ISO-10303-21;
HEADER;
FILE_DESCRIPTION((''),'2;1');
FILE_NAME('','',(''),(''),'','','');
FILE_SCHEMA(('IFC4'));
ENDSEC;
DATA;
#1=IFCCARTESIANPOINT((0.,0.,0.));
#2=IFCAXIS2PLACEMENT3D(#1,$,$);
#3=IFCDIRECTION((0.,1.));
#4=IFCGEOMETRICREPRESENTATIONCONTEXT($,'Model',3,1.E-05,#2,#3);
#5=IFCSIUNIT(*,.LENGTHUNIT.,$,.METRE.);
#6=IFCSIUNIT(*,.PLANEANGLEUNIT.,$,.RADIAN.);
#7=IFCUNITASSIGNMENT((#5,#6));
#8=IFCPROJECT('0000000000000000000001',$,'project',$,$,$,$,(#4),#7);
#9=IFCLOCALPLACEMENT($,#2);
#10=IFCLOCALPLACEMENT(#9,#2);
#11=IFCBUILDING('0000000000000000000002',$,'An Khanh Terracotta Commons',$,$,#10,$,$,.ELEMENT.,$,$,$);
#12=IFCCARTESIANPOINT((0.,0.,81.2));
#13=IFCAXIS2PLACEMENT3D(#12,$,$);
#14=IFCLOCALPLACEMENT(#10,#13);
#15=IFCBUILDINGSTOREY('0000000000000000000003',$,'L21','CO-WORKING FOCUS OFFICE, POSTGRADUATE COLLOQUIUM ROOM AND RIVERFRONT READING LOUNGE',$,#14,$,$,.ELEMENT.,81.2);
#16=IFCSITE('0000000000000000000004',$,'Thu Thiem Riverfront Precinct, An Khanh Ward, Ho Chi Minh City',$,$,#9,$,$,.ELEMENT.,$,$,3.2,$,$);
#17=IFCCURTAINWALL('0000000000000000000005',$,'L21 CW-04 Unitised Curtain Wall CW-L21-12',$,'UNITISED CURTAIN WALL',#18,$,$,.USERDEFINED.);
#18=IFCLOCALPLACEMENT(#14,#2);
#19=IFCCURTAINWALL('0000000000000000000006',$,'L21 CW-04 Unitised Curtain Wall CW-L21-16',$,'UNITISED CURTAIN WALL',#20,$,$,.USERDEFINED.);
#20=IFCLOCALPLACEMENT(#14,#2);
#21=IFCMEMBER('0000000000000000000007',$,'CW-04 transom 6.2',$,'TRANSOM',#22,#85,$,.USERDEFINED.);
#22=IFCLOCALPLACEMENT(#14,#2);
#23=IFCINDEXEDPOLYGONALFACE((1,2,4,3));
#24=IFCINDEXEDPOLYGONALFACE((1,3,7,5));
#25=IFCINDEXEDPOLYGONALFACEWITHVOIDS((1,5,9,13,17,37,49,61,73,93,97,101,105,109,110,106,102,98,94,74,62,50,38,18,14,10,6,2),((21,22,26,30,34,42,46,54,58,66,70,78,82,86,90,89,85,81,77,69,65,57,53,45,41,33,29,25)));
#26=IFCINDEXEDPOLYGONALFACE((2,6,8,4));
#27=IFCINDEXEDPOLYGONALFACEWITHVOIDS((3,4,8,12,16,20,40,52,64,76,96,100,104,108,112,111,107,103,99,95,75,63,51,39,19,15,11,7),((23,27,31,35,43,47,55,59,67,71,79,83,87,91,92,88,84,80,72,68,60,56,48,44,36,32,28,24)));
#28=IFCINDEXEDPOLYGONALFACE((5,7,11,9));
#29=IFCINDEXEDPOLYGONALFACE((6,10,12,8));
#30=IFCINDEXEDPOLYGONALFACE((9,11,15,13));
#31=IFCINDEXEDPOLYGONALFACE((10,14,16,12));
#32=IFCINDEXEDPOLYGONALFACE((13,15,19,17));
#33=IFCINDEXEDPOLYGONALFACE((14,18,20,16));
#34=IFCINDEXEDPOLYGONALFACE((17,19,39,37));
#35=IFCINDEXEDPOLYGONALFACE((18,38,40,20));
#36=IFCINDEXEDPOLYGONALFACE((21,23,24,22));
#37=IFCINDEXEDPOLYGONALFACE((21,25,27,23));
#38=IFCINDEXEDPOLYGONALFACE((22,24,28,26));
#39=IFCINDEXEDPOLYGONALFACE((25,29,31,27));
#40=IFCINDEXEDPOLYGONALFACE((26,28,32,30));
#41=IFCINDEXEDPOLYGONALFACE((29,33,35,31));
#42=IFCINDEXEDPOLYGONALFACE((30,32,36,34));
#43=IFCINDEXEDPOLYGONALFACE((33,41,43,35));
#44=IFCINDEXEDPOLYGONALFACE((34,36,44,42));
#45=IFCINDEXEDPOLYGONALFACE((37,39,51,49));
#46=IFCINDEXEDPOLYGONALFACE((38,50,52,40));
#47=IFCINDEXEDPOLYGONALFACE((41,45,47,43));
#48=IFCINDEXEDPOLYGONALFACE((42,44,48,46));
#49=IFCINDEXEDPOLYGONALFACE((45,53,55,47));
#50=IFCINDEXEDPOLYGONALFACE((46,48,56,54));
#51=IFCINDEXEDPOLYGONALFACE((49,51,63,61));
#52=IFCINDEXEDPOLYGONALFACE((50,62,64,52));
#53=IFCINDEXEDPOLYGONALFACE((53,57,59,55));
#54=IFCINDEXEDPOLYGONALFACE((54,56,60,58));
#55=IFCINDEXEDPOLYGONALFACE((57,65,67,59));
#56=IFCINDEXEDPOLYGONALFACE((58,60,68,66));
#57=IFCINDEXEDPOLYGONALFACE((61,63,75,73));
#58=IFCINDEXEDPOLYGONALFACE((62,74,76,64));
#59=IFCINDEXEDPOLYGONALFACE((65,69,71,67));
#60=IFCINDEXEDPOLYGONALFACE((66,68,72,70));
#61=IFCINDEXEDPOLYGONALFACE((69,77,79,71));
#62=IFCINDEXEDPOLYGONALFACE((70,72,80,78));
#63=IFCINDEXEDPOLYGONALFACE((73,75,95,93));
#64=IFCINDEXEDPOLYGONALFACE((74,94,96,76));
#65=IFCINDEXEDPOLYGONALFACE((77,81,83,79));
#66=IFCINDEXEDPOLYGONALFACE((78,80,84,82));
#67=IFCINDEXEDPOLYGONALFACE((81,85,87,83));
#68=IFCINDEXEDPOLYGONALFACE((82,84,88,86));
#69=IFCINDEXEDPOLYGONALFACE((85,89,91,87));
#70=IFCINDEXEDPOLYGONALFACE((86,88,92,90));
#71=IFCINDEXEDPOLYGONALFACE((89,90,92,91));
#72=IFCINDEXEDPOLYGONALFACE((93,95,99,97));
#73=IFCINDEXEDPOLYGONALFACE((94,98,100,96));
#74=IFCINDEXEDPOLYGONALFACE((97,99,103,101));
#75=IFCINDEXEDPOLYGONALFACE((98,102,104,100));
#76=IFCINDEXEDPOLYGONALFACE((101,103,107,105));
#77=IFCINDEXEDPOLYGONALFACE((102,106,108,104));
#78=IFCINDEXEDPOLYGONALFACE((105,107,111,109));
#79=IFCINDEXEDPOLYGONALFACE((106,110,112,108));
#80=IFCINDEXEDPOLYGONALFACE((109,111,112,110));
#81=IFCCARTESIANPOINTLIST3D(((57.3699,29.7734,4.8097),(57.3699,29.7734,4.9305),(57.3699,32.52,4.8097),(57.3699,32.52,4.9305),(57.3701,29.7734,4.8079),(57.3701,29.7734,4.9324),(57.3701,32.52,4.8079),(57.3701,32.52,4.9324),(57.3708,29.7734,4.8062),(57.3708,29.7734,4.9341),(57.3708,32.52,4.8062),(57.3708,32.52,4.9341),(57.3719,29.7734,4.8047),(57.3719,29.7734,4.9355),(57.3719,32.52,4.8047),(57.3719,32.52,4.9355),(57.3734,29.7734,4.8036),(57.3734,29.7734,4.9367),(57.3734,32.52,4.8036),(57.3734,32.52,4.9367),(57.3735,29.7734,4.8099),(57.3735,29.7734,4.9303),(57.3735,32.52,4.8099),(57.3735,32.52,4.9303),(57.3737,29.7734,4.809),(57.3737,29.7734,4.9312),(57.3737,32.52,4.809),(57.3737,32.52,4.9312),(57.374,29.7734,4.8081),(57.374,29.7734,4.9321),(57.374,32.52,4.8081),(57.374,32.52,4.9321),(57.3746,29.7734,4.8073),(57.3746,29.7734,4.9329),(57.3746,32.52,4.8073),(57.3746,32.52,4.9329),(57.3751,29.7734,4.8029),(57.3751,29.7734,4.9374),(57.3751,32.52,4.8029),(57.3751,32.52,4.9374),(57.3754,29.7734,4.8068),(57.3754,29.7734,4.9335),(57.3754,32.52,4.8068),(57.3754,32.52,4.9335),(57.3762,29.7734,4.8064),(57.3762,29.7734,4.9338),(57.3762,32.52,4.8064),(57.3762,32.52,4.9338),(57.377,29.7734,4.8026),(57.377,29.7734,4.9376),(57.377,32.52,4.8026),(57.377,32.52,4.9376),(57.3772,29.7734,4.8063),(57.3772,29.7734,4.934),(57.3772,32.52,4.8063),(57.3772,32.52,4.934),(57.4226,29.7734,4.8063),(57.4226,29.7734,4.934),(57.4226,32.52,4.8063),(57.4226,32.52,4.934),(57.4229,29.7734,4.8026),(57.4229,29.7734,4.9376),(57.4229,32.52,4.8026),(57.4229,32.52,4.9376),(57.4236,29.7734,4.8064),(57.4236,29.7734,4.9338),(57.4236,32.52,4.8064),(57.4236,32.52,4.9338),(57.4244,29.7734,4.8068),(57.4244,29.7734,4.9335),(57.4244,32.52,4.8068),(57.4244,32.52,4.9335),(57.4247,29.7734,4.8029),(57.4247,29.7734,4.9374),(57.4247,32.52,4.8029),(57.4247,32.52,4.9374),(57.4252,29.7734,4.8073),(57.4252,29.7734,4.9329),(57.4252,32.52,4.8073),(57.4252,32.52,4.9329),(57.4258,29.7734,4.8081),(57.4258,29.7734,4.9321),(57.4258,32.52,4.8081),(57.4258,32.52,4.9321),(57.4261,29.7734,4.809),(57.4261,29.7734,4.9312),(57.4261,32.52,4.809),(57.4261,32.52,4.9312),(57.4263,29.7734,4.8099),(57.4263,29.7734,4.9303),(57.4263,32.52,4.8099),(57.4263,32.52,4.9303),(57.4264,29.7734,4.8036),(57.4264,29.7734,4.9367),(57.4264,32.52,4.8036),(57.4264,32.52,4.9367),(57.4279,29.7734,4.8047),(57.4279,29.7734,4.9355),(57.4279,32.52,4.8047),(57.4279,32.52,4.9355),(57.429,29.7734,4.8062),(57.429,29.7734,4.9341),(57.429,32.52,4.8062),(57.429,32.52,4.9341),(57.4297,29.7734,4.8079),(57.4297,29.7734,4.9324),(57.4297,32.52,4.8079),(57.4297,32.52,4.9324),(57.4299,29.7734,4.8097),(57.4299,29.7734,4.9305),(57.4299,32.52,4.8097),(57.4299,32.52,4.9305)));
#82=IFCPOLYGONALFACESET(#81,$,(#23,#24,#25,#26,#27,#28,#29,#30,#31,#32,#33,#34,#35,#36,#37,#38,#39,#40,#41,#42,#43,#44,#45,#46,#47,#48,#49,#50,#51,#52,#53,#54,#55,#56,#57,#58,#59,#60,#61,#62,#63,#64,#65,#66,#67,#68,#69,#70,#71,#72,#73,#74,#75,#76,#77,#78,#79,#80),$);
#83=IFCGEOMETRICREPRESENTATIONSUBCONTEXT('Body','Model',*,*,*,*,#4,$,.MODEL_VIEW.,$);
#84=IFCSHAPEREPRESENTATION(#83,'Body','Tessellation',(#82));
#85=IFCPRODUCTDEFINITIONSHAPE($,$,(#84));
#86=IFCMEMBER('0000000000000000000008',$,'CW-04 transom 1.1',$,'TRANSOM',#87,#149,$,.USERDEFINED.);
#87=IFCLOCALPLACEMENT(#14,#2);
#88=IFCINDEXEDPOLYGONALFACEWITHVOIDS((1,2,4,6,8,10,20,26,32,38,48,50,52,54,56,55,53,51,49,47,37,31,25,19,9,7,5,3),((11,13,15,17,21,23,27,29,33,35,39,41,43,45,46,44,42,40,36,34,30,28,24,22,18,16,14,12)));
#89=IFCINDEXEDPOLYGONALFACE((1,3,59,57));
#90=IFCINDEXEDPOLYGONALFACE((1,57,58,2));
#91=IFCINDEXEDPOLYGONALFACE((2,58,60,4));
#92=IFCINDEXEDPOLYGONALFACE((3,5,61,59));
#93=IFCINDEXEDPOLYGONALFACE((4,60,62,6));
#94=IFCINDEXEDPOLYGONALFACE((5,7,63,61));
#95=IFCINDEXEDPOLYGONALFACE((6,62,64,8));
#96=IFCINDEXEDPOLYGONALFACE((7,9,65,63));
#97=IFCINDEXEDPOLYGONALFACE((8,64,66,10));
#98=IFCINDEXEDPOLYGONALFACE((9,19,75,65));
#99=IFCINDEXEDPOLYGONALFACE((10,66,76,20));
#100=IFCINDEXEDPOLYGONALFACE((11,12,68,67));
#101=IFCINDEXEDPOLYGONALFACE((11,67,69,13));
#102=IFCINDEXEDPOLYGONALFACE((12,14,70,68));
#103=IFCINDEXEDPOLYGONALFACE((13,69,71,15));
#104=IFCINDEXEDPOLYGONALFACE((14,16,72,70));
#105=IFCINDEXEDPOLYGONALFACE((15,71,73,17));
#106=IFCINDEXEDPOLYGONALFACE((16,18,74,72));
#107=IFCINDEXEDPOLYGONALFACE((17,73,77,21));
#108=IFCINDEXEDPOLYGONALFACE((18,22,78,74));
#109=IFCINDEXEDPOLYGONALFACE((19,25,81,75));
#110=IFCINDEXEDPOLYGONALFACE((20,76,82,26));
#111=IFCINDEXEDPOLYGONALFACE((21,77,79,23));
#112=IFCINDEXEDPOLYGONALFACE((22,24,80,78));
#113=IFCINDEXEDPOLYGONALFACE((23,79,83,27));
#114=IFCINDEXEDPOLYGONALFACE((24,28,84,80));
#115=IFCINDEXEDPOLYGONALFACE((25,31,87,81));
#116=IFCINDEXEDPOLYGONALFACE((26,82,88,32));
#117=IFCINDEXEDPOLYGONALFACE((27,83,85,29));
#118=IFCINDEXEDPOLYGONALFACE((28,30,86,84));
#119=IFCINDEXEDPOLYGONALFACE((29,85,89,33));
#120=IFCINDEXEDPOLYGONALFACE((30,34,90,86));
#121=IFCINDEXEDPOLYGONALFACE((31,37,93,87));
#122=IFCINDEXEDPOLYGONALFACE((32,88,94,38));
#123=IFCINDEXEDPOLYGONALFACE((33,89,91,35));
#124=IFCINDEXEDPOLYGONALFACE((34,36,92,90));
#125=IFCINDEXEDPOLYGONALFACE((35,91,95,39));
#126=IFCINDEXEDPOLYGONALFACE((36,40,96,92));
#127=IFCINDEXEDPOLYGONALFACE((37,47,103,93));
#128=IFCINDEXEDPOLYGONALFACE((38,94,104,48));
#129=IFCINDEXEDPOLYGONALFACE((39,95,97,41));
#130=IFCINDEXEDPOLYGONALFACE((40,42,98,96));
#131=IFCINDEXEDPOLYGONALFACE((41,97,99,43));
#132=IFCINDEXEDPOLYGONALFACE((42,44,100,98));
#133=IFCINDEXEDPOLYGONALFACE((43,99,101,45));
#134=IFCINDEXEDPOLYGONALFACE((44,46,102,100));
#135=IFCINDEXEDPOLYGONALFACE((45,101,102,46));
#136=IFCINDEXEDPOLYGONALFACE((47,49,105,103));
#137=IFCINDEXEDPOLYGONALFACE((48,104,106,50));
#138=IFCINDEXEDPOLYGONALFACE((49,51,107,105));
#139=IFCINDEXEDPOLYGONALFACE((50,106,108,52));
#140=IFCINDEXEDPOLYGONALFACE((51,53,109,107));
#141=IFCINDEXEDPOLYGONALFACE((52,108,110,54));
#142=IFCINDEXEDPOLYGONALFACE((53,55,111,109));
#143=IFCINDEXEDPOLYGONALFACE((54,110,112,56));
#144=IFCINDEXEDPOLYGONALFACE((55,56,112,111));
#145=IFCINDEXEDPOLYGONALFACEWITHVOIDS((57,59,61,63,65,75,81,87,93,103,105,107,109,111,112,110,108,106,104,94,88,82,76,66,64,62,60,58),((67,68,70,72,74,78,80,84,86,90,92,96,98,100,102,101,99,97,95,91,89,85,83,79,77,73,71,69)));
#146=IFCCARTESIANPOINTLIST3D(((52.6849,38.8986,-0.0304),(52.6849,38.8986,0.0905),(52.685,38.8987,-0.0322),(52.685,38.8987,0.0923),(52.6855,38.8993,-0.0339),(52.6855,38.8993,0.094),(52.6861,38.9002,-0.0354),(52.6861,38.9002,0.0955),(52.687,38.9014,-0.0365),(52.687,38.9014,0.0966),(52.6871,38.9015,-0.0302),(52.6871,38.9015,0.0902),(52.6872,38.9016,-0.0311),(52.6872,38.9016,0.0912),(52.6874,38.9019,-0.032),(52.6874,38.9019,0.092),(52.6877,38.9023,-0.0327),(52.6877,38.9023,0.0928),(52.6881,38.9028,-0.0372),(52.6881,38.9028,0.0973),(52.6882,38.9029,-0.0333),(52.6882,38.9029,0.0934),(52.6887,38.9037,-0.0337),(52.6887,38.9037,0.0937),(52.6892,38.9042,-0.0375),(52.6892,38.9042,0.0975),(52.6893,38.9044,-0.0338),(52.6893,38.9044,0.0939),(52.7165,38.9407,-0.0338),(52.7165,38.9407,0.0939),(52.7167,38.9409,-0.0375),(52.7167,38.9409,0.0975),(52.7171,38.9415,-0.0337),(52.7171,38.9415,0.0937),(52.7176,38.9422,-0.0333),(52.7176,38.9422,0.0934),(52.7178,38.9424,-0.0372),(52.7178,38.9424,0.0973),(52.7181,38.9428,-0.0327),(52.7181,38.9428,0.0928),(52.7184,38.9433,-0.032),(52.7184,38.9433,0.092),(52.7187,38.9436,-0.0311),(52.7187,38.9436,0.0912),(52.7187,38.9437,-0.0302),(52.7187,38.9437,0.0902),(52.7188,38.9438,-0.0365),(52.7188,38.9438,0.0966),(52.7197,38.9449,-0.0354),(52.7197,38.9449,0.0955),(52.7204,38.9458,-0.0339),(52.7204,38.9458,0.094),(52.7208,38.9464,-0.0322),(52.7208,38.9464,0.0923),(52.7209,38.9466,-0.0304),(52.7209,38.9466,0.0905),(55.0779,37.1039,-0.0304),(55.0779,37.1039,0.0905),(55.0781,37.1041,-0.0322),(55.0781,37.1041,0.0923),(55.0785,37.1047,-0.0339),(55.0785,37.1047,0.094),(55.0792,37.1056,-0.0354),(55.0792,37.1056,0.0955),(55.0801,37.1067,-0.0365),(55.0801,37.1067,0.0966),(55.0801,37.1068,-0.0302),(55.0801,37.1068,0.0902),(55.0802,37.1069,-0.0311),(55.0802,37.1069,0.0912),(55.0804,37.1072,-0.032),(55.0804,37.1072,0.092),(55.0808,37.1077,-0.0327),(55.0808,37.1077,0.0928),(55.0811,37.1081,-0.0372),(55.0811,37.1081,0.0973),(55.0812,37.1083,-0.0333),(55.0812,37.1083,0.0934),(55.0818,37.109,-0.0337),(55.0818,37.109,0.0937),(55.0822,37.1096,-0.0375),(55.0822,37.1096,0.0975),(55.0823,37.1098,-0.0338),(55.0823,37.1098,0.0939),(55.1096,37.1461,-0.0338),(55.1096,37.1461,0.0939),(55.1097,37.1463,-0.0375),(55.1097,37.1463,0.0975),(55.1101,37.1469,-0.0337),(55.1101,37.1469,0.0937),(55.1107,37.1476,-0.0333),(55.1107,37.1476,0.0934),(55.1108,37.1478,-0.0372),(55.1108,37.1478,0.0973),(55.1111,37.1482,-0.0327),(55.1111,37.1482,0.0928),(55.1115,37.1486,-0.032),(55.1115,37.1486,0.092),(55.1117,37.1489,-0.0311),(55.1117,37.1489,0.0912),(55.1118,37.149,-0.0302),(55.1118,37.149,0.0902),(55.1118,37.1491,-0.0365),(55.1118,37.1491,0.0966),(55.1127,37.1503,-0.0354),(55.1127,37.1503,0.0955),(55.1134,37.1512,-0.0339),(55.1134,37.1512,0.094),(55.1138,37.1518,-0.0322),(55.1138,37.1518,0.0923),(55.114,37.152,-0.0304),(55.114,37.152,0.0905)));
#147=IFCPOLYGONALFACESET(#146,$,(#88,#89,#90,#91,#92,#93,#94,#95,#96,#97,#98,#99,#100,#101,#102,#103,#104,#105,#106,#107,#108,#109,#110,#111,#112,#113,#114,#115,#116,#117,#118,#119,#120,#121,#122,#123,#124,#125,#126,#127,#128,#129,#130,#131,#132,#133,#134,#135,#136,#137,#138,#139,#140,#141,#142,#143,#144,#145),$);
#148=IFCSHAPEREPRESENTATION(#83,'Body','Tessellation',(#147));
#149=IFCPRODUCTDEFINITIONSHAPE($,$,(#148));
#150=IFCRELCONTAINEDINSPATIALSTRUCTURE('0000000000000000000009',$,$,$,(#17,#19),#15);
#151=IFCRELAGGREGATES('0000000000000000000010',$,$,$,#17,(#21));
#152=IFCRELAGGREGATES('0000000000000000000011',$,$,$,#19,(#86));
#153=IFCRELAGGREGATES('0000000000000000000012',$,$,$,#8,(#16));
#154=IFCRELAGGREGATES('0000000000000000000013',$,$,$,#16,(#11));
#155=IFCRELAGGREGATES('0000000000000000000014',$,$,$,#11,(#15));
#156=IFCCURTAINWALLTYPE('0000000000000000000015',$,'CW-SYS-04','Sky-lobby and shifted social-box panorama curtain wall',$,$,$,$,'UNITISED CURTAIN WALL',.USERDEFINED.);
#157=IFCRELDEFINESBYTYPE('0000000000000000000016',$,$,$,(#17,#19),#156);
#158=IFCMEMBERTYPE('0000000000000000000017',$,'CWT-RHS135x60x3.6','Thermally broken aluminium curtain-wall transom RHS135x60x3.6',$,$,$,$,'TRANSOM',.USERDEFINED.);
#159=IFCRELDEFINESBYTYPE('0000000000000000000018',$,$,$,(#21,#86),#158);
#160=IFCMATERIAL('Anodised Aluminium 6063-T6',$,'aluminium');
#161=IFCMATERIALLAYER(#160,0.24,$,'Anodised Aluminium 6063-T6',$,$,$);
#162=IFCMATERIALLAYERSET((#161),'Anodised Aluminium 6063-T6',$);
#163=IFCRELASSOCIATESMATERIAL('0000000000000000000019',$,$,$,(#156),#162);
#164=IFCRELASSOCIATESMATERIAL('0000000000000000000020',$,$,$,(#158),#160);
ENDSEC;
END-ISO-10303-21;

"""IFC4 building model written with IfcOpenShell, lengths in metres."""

from ifc_helpers import new_model, si_unit, direction, frame, origin, origin_2d, place, context, subcontext, project, spatial, hollow_rectangle, extrude, material, layer, layer_set, material_profile, profile_set, type_object, element, aggregate, save


model = new_model("IFC4")

# Units and contexts
model_context = context("Model", 3, precision=1e-05, world=origin(), true_north=direction((0.0, 1.0)))
body_context = subcontext(model_context, "Body", "Model", "MODEL_VIEW")
ifc_project = project(units=[si_unit("LENGTHUNIT", "METRE"), si_unit("PLANEANGLEUNIT", "RADIAN")], contexts=[model_context])

# Site, building, storey
site_placement = place(None, origin())
site = spatial("IfcSite", under=ifc_project, at=site_placement, Name="Thu Thiem Riverfront Precinct, An Khanh Ward, Ho Chi Minh City", CompositionType="ELEMENT", RefElevation=3.2)
building_placement = place(site_placement, origin())
building = spatial("IfcBuilding", under=site, at=building_placement, Name="An Khanh Terracotta Commons", CompositionType="ELEMENT")
storey_placement = place(building_placement, frame((0.0, 0.0, 81.2)))
storey = spatial("IfcBuildingStorey", under=building, at=storey_placement, Name="L21", Description="CO-WORKING FOCUS OFFICE, POSTGRADUATE COLLOQUIUM ROOM AND RIVERFRONT READING LOUNGE", CompositionType="ELEMENT", Elevation=81.2)

# Curtain walls
ifc_material_1 = material(Name="Anodised Aluminium 6063-T6", Category="aluminium")
ifc_layer_1 = layer(ifc_material_1, 0.24, Name="Anodised Aluminium 6063-T6")
ifc_layer_set_1 = layer_set([ifc_layer_1], Name="Anodised Aluminium 6063-T6")
curtain_wall_type = type_object("IfcCurtainWallType", Name="CW-SYS-04", Description="Sky-lobby and shifted social-box panorama curtain wall", ElementType="UNITISED CURTAIN WALL", PredefinedType="USERDEFINED", material=ifc_layer_set_1)
curtain_wall_1_placement = place(storey_placement, origin())
curtain_wall_1 = element("IfcCurtainWall", 1, at=curtain_wall_1_placement, inside=storey, type_object=curtain_wall_type, Name="L21 CW-04 Unitised Curtain Wall CW-L21-12", ObjectType="UNITISED CURTAIN WALL", PredefinedType="USERDEFINED")
curtain_wall_2_placement = place(storey_placement, origin())
curtain_wall_2 = element("IfcCurtainWall", 2, at=curtain_wall_2_placement, inside=storey, type_object=curtain_wall_type, Name="L21 CW-04 Unitised Curtain Wall CW-L21-16", ObjectType="UNITISED CURTAIN WALL", PredefinedType="USERDEFINED")

# Members
ifc_material_profile_1 = material_profile(ifc_material_1, hollow_rectangle(XDim=0.0601, YDim=0.135, WallThickness=0.0037, InnerFilletRadius=0.0037, OuterFilletRadius=0.0071, at=origin_2d()), Name="RHS135x60x3.6")
ifc_profile_set_1 = profile_set([ifc_material_profile_1], Name="Anodised Aluminium 6063-T6")
member_type_1 = type_object("IfcMemberType", Name="CWT-RHS135x60x3.6", Description="Thermally broken aluminium curtain-wall transom RHS135x60x3.6", ElementType="TRANSOM", PredefinedType="USERDEFINED", material=ifc_profile_set_1)
member_1_placement = place(storey_placement, frame((57.3999, 29.7734, 4.8701), z_axis=(0.0, 1.0, 0.0), x_axis=(-1.0, 0.0, 0.0)))
member_1 = element("IfcMember", 3, at=member_1_placement, type_object=member_type_1, Name="CW-04 transom 6.2", ObjectType="TRANSOM", PredefinedType="USERDEFINED", context=body_context, shape_type="SweptSolid", body=[
    extrude(hollow_rectangle(XDim=0.0601, YDim=0.135, WallThickness=0.0037, InnerFilletRadius=0.0037, OuterFilletRadius=0.0071, at=origin_2d()), origin(), (0.0, 0.0, 1.0), 2.7466),
])
member_2_placement = place(storey_placement, frame((55.0959, 37.1279, 0.03), z_axis=(-0.80002, 0.599974, 0.0), x_axis=(-0.599974, -0.80002, 0.0)))
member_2 = element("IfcMember", 4, at=member_2_placement, type_object=member_type_1, Name="CW-04 transom 1.1", ObjectType="TRANSOM", PredefinedType="USERDEFINED", context=body_context, shape_type="SweptSolid", body=[
    extrude(hollow_rectangle(XDim=0.0601, YDim=0.135, WallThickness=0.0037, InnerFilletRadius=0.0037, OuterFilletRadius=0.0071, at=origin_2d()), origin(), (0.0, 0.0, 1.0), 2.9912),
])

aggregate(curtain_wall_1, [member_1])
aggregate(curtain_wall_2, [member_2])

save(model, "model.ifc")
